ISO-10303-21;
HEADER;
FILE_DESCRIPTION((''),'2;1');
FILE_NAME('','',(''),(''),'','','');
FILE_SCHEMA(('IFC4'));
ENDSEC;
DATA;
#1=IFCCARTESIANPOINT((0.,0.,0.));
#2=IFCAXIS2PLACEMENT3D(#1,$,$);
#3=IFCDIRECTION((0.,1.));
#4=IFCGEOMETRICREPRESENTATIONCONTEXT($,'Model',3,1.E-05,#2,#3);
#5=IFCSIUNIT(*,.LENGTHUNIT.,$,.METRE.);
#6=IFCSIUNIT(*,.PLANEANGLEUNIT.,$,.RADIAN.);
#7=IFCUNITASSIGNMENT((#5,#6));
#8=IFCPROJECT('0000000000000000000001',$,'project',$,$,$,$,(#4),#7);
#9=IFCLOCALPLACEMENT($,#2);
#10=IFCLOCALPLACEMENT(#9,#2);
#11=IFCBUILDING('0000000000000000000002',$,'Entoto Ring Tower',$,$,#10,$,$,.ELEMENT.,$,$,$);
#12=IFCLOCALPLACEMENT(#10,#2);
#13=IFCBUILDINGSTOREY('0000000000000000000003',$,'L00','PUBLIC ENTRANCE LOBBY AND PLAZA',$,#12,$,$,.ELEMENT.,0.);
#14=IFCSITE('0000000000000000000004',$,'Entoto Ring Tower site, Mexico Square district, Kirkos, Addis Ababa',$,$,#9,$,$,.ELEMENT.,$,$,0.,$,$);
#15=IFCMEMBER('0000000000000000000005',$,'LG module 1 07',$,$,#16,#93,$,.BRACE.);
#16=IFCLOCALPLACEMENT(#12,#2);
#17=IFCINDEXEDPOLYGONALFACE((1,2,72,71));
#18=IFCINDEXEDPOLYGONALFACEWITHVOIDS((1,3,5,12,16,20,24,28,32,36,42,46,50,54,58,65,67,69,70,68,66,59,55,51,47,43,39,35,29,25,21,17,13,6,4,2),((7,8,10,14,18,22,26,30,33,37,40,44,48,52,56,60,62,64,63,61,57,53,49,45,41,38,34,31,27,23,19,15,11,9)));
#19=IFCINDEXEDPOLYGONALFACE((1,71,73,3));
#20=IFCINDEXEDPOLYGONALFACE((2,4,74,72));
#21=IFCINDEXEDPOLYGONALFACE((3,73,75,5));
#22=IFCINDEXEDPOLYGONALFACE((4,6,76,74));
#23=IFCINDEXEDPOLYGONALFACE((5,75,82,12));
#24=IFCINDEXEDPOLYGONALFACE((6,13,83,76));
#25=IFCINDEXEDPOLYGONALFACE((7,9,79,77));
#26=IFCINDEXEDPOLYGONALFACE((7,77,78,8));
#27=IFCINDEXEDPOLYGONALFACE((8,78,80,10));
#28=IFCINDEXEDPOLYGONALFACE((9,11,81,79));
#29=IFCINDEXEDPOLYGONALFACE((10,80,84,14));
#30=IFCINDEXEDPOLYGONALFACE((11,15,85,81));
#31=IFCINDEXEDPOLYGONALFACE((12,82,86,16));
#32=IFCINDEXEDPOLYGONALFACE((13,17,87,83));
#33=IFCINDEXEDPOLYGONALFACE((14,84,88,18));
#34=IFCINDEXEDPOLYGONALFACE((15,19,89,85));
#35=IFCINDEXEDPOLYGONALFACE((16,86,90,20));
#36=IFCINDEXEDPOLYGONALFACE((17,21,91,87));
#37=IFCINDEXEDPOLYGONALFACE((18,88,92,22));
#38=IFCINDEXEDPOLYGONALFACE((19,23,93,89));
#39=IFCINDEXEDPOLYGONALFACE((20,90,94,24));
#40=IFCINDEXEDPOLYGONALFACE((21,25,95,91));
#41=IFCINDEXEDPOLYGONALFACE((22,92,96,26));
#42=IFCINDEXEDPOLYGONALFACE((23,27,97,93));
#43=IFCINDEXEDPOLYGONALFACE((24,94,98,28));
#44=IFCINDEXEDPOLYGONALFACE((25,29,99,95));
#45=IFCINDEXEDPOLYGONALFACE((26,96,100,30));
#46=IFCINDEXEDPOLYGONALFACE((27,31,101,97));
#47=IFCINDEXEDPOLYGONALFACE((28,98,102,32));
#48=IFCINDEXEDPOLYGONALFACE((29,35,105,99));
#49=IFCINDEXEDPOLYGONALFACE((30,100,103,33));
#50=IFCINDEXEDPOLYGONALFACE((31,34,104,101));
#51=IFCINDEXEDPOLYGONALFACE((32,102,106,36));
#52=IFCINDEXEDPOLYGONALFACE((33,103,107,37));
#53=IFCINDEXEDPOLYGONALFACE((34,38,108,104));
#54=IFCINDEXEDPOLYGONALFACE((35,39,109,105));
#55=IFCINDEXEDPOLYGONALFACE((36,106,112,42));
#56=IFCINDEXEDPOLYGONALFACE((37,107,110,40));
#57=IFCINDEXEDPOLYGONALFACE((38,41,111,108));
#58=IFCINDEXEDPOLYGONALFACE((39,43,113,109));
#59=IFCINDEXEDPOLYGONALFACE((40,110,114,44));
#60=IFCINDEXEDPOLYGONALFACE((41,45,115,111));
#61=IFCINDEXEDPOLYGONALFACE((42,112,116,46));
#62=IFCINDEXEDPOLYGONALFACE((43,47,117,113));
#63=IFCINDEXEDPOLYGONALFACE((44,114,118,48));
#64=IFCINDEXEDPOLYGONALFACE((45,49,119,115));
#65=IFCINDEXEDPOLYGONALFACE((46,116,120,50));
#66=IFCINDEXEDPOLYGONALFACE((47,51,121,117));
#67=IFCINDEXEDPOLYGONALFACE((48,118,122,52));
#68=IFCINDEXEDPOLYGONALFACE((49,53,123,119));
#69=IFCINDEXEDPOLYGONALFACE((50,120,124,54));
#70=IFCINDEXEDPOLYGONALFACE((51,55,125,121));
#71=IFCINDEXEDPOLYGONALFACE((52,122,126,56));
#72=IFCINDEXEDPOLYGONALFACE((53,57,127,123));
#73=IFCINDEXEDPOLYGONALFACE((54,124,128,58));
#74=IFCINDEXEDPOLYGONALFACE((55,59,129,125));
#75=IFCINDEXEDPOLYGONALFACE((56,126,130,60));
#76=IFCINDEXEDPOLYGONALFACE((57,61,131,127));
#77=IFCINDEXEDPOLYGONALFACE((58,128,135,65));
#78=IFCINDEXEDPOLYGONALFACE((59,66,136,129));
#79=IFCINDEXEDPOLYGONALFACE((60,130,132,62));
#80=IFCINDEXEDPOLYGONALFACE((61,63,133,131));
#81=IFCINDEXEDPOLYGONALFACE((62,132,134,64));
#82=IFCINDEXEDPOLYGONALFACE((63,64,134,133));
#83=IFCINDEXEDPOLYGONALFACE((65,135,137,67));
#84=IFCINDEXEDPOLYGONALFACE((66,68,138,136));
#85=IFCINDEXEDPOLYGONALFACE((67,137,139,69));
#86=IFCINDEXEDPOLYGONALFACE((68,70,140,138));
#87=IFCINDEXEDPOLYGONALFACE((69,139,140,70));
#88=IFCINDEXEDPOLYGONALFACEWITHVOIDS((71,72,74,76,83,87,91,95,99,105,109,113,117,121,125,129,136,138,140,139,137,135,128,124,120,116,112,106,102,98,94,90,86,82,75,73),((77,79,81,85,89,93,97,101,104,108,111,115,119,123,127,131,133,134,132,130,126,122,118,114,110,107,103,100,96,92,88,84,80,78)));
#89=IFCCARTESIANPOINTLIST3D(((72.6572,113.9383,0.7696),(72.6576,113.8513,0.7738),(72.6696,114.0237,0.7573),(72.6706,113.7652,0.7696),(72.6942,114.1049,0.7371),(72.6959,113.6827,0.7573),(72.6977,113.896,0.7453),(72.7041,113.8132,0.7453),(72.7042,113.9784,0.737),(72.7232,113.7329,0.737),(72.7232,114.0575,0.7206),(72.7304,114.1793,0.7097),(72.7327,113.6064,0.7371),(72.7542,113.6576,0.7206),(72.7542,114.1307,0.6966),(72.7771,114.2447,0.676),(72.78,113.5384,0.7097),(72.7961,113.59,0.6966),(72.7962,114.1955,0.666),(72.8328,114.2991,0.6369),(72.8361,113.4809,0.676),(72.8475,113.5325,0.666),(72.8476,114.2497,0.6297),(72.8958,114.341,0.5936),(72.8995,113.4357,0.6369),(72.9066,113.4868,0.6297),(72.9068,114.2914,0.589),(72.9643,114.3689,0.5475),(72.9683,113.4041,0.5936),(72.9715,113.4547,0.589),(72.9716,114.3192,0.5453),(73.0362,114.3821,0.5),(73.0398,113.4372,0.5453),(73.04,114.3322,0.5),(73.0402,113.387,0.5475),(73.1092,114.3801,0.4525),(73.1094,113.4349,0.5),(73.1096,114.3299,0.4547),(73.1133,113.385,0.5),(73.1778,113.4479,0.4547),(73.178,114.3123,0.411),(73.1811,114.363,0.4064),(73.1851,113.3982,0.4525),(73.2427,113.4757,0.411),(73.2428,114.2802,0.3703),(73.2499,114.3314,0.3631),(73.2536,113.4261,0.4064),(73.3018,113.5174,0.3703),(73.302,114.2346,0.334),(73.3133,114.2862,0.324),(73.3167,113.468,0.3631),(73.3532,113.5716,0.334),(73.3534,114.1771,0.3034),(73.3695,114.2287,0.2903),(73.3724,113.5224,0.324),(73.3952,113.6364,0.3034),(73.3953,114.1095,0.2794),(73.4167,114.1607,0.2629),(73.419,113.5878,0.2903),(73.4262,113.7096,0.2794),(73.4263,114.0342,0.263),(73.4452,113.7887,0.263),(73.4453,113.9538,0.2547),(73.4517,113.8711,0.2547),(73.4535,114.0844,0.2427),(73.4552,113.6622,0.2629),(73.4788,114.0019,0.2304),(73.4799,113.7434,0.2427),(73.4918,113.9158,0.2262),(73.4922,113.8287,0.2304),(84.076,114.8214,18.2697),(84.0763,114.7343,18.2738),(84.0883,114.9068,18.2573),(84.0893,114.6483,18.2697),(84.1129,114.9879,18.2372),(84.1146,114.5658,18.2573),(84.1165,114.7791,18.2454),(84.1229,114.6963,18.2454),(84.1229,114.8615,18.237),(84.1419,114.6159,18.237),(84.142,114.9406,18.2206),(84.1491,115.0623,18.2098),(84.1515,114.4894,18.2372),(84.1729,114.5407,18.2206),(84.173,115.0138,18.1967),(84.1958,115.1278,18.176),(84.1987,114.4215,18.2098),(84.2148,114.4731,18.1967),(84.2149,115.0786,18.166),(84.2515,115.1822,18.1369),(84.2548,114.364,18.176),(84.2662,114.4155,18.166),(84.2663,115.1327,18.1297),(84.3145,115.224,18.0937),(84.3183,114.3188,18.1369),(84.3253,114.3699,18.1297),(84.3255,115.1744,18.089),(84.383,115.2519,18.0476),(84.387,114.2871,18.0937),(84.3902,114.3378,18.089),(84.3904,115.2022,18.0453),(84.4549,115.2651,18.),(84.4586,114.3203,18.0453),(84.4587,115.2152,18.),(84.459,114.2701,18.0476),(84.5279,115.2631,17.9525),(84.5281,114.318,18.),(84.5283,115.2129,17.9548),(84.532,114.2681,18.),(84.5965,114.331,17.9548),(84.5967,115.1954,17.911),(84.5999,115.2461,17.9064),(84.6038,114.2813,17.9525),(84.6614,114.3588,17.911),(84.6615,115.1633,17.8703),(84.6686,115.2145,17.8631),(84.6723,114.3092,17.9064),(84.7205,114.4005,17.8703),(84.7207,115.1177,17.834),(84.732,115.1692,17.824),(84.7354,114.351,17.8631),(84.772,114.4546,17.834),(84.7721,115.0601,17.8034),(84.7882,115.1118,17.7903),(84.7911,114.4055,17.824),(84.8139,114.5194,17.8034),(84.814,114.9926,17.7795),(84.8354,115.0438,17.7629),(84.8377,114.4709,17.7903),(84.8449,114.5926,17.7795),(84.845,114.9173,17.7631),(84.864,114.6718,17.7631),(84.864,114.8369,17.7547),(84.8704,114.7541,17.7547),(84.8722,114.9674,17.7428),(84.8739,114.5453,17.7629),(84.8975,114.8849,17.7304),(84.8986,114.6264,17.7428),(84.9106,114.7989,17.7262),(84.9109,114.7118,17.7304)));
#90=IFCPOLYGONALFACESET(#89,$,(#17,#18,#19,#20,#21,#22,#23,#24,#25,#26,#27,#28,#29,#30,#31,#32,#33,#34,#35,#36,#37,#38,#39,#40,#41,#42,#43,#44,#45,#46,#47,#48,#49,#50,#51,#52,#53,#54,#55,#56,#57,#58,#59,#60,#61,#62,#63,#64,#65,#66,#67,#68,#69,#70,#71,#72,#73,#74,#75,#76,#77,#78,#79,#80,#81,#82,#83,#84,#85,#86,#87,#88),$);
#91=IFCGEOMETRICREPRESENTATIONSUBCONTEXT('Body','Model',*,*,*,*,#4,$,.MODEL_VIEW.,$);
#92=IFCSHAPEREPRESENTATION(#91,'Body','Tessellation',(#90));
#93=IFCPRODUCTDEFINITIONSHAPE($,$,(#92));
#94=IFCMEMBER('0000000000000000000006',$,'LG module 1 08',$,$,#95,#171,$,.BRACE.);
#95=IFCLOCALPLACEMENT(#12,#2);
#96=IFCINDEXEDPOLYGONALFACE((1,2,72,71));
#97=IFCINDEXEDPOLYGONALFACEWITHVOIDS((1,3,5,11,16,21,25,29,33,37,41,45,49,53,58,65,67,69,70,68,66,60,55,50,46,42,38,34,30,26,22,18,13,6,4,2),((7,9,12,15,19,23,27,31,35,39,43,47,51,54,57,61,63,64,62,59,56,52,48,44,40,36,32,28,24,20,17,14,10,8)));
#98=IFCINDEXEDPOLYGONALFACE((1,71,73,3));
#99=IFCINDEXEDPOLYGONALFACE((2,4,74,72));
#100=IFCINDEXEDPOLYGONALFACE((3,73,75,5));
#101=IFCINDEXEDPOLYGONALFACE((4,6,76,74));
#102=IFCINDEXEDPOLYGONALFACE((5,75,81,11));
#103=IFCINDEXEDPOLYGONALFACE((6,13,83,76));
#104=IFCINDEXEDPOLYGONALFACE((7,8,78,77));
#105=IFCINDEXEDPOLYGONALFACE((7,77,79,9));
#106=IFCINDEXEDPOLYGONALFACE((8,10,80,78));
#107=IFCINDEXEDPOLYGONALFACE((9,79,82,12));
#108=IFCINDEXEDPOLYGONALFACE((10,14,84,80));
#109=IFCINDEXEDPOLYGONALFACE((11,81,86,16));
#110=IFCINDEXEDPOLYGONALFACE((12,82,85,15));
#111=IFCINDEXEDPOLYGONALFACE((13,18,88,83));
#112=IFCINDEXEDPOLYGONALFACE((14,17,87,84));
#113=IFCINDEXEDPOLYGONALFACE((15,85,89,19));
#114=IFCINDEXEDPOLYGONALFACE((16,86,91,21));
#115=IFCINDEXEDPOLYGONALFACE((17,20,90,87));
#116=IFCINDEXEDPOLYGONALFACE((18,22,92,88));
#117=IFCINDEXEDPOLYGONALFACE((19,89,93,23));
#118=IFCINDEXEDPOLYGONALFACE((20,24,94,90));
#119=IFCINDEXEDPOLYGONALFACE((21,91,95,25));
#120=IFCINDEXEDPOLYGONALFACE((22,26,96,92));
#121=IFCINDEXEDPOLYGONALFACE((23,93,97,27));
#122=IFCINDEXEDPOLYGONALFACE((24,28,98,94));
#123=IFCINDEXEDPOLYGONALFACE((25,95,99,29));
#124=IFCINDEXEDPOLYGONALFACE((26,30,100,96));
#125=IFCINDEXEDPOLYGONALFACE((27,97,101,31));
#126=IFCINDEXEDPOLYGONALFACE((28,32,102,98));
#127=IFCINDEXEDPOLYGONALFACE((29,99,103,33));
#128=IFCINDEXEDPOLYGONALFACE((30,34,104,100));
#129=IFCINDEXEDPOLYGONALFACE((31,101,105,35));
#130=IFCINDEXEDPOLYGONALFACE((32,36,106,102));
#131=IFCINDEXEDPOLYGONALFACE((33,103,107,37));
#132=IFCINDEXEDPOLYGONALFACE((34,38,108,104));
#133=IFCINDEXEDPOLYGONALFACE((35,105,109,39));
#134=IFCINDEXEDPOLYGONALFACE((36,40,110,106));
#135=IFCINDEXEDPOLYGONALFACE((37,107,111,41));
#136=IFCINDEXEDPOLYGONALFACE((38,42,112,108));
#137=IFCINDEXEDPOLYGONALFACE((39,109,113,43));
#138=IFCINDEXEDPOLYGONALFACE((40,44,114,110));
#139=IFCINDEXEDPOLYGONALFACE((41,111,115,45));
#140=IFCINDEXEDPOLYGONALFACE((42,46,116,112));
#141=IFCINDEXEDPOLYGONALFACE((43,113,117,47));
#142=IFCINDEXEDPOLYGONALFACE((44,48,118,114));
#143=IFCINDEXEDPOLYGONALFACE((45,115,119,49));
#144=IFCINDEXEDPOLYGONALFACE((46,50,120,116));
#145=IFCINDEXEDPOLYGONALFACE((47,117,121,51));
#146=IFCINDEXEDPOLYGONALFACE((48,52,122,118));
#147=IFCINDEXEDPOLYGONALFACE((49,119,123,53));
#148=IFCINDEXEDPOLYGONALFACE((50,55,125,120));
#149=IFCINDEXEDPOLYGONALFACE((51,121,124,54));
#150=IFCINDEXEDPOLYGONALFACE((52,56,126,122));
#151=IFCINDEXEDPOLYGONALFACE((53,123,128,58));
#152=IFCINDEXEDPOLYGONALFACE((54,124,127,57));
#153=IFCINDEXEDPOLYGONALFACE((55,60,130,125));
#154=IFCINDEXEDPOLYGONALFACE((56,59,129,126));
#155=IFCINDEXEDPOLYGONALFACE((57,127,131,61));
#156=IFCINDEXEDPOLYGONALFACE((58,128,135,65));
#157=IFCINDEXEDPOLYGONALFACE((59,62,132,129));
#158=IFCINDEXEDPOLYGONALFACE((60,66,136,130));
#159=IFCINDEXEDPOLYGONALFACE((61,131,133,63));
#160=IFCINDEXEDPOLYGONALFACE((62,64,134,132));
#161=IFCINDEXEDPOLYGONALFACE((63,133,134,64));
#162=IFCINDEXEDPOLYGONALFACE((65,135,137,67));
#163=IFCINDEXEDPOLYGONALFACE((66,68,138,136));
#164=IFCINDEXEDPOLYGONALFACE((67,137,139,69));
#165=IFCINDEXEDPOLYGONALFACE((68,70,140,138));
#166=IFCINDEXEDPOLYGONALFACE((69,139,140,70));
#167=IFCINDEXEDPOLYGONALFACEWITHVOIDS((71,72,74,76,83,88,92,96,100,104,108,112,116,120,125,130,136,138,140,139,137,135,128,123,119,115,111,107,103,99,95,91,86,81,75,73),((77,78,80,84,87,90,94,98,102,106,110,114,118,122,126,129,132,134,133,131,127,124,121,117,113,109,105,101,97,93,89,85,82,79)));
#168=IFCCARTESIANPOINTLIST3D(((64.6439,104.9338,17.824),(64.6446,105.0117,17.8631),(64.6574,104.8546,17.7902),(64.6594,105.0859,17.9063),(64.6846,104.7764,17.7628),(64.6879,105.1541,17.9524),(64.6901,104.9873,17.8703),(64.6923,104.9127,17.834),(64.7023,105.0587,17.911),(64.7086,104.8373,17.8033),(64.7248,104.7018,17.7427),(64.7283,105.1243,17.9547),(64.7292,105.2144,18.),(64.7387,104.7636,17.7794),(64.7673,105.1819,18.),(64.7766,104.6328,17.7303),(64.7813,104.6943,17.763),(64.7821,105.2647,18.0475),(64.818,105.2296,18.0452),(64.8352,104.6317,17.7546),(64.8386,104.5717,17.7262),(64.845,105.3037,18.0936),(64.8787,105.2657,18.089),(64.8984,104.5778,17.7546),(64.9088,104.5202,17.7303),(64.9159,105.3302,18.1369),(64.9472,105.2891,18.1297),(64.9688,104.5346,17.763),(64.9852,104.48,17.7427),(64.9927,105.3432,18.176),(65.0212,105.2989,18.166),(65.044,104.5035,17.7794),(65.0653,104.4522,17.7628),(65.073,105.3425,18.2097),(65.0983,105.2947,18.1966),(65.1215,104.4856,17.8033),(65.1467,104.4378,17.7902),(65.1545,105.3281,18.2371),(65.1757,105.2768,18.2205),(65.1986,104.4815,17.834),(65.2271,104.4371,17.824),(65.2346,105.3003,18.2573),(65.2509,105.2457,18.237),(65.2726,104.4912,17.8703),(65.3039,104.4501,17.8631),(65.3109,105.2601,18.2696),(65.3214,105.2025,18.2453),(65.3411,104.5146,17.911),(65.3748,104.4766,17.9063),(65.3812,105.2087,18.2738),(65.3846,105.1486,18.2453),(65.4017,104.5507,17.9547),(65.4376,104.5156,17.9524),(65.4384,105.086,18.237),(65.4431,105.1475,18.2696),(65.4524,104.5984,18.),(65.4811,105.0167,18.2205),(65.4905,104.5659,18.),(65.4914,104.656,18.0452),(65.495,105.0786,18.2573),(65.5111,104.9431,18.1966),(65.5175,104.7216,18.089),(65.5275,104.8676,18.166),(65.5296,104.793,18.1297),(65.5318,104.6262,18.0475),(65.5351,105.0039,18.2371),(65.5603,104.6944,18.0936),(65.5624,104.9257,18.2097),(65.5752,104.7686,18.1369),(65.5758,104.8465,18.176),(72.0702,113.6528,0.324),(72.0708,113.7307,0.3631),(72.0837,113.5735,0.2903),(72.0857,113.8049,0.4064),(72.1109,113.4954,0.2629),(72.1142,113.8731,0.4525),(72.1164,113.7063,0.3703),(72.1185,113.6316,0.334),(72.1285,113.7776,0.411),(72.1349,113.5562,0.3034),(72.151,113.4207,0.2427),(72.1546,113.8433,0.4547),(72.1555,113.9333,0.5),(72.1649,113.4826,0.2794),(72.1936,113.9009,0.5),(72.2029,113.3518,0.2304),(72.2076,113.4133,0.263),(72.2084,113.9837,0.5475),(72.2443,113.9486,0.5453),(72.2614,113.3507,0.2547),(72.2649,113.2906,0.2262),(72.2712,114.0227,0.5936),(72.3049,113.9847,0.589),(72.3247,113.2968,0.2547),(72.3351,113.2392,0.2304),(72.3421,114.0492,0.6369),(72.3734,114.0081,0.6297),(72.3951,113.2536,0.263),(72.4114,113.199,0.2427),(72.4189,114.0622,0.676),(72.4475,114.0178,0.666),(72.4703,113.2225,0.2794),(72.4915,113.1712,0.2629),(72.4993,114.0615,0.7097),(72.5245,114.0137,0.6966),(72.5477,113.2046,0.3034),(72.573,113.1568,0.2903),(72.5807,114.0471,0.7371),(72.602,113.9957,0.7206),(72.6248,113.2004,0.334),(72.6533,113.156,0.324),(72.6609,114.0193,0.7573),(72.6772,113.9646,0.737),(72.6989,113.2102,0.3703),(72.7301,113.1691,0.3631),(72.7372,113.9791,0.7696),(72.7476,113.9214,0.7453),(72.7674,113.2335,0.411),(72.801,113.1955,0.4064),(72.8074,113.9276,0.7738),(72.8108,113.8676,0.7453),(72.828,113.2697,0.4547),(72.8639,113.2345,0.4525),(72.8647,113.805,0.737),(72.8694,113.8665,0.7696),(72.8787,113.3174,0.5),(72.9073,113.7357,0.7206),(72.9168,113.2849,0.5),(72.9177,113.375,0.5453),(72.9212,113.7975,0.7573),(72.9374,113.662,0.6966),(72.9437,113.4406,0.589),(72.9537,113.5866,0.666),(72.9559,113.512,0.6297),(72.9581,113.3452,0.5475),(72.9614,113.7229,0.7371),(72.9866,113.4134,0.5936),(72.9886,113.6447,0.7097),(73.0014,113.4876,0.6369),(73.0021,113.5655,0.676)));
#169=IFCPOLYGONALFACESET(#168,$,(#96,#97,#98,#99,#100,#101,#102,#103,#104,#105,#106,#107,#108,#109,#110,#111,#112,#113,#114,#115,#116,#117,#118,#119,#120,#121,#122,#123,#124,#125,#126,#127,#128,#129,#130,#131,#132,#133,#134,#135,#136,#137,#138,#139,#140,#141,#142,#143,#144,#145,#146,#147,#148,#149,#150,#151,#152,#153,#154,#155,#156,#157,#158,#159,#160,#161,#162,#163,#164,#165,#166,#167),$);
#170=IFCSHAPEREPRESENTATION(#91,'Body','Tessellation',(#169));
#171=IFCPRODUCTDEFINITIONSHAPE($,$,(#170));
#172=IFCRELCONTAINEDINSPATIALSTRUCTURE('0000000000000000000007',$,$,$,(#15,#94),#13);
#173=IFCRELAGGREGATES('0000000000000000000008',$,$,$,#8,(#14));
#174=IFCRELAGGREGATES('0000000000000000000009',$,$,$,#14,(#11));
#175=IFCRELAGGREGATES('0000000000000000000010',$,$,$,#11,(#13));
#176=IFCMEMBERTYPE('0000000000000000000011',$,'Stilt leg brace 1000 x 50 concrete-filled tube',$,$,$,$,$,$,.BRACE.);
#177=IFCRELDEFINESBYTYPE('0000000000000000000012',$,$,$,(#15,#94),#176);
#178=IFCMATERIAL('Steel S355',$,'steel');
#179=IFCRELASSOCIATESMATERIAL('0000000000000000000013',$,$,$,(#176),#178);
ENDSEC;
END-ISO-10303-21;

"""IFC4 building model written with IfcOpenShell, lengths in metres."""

from ifc_helpers import new_model, si_unit, direction, frame, origin, origin_2d, place, context, subcontext, project, spatial, circle, hollow_circle, extrude, material, material_profile, profile_set, type_object, element, save


model = new_model("IFC4")

# Units and contexts
model_context = context("Model", 3, precision=1e-05, world=origin(), true_north=direction((0.0, 1.0)))
body_context = subcontext(model_context, "Body", "Model", "MODEL_VIEW")
ifc_project = project(units=[si_unit("LENGTHUNIT", "METRE"), si_unit("PLANEANGLEUNIT", "RADIAN")], contexts=[model_context])

# Site, building, storey
site_placement = place(None, origin())
site = spatial("IfcSite", under=ifc_project, at=site_placement, Name="Entoto Ring Tower site, Mexico Square district, Kirkos, Addis Ababa", CompositionType="ELEMENT", RefElevation=0.0)
building_placement = place(site_placement, origin())
building = spatial("IfcBuilding", under=site, at=building_placement, Name="Entoto Ring Tower", CompositionType="ELEMENT")
storey_placement = place(building_placement, origin())
storey = spatial("IfcBuildingStorey", under=building, at=storey_placement, Name="L00", Description="PUBLIC ENTRANCE LOBBY AND PLAZA", CompositionType="ELEMENT", Elevation=0.0)

# Members
ifc_material_1 = material(Name="Steel S355", Category="steel")
ifc_material_profile_1 = material_profile(ifc_material_1, hollow_circle(Radius=0.5, WallThickness=0.05, at=origin_2d()), Name="CHS 1000 x 50")
ifc_material_2 = material(Name="Concrete C60/75", Category="concrete")
ifc_material_profile_2 = material_profile(ifc_material_2, circle(Radius=0.45, at=origin_2d()), Name="Concrete C60/75 infill")
ifc_profile_set_1 = profile_set([ifc_material_profile_1, ifc_material_profile_2], Name="Steel S355")
member_type = type_object("IfcMemberType", Name="Stilt leg brace 1000 x 50 concrete-filled tube", PredefinedType="BRACE", material=ifc_profile_set_1)
for number, where, z_axis, x_axis, name in (
    (1, (73.0747, 113.8835, 0.5), (0.54597, 0.042222, 0.83674), (-0.077104, 0.997023, 0.0), "LG module 1 07"),
    (2, (72.5361, 113.6091, 0.5), (-0.355076, -0.416886, 0.836736), (0.761287, -0.648415, 0.0), "LG module 1 08"),
):
    element("IfcMember", number, at=place(storey_placement, frame(where, z_axis=z_axis, x_axis=x_axis)), inside=storey, type_object=member_type, Name=name, PredefinedType="BRACE", context=body_context, shape_type="SweptSolid", body=[
        extrude(hollow_circle(Radius=0.5, WallThickness=0.05, at=origin_2d()), origin(), (0.0, 0.0, 1.0), 20.9146),
    ])

save(model, "model.ifc")
